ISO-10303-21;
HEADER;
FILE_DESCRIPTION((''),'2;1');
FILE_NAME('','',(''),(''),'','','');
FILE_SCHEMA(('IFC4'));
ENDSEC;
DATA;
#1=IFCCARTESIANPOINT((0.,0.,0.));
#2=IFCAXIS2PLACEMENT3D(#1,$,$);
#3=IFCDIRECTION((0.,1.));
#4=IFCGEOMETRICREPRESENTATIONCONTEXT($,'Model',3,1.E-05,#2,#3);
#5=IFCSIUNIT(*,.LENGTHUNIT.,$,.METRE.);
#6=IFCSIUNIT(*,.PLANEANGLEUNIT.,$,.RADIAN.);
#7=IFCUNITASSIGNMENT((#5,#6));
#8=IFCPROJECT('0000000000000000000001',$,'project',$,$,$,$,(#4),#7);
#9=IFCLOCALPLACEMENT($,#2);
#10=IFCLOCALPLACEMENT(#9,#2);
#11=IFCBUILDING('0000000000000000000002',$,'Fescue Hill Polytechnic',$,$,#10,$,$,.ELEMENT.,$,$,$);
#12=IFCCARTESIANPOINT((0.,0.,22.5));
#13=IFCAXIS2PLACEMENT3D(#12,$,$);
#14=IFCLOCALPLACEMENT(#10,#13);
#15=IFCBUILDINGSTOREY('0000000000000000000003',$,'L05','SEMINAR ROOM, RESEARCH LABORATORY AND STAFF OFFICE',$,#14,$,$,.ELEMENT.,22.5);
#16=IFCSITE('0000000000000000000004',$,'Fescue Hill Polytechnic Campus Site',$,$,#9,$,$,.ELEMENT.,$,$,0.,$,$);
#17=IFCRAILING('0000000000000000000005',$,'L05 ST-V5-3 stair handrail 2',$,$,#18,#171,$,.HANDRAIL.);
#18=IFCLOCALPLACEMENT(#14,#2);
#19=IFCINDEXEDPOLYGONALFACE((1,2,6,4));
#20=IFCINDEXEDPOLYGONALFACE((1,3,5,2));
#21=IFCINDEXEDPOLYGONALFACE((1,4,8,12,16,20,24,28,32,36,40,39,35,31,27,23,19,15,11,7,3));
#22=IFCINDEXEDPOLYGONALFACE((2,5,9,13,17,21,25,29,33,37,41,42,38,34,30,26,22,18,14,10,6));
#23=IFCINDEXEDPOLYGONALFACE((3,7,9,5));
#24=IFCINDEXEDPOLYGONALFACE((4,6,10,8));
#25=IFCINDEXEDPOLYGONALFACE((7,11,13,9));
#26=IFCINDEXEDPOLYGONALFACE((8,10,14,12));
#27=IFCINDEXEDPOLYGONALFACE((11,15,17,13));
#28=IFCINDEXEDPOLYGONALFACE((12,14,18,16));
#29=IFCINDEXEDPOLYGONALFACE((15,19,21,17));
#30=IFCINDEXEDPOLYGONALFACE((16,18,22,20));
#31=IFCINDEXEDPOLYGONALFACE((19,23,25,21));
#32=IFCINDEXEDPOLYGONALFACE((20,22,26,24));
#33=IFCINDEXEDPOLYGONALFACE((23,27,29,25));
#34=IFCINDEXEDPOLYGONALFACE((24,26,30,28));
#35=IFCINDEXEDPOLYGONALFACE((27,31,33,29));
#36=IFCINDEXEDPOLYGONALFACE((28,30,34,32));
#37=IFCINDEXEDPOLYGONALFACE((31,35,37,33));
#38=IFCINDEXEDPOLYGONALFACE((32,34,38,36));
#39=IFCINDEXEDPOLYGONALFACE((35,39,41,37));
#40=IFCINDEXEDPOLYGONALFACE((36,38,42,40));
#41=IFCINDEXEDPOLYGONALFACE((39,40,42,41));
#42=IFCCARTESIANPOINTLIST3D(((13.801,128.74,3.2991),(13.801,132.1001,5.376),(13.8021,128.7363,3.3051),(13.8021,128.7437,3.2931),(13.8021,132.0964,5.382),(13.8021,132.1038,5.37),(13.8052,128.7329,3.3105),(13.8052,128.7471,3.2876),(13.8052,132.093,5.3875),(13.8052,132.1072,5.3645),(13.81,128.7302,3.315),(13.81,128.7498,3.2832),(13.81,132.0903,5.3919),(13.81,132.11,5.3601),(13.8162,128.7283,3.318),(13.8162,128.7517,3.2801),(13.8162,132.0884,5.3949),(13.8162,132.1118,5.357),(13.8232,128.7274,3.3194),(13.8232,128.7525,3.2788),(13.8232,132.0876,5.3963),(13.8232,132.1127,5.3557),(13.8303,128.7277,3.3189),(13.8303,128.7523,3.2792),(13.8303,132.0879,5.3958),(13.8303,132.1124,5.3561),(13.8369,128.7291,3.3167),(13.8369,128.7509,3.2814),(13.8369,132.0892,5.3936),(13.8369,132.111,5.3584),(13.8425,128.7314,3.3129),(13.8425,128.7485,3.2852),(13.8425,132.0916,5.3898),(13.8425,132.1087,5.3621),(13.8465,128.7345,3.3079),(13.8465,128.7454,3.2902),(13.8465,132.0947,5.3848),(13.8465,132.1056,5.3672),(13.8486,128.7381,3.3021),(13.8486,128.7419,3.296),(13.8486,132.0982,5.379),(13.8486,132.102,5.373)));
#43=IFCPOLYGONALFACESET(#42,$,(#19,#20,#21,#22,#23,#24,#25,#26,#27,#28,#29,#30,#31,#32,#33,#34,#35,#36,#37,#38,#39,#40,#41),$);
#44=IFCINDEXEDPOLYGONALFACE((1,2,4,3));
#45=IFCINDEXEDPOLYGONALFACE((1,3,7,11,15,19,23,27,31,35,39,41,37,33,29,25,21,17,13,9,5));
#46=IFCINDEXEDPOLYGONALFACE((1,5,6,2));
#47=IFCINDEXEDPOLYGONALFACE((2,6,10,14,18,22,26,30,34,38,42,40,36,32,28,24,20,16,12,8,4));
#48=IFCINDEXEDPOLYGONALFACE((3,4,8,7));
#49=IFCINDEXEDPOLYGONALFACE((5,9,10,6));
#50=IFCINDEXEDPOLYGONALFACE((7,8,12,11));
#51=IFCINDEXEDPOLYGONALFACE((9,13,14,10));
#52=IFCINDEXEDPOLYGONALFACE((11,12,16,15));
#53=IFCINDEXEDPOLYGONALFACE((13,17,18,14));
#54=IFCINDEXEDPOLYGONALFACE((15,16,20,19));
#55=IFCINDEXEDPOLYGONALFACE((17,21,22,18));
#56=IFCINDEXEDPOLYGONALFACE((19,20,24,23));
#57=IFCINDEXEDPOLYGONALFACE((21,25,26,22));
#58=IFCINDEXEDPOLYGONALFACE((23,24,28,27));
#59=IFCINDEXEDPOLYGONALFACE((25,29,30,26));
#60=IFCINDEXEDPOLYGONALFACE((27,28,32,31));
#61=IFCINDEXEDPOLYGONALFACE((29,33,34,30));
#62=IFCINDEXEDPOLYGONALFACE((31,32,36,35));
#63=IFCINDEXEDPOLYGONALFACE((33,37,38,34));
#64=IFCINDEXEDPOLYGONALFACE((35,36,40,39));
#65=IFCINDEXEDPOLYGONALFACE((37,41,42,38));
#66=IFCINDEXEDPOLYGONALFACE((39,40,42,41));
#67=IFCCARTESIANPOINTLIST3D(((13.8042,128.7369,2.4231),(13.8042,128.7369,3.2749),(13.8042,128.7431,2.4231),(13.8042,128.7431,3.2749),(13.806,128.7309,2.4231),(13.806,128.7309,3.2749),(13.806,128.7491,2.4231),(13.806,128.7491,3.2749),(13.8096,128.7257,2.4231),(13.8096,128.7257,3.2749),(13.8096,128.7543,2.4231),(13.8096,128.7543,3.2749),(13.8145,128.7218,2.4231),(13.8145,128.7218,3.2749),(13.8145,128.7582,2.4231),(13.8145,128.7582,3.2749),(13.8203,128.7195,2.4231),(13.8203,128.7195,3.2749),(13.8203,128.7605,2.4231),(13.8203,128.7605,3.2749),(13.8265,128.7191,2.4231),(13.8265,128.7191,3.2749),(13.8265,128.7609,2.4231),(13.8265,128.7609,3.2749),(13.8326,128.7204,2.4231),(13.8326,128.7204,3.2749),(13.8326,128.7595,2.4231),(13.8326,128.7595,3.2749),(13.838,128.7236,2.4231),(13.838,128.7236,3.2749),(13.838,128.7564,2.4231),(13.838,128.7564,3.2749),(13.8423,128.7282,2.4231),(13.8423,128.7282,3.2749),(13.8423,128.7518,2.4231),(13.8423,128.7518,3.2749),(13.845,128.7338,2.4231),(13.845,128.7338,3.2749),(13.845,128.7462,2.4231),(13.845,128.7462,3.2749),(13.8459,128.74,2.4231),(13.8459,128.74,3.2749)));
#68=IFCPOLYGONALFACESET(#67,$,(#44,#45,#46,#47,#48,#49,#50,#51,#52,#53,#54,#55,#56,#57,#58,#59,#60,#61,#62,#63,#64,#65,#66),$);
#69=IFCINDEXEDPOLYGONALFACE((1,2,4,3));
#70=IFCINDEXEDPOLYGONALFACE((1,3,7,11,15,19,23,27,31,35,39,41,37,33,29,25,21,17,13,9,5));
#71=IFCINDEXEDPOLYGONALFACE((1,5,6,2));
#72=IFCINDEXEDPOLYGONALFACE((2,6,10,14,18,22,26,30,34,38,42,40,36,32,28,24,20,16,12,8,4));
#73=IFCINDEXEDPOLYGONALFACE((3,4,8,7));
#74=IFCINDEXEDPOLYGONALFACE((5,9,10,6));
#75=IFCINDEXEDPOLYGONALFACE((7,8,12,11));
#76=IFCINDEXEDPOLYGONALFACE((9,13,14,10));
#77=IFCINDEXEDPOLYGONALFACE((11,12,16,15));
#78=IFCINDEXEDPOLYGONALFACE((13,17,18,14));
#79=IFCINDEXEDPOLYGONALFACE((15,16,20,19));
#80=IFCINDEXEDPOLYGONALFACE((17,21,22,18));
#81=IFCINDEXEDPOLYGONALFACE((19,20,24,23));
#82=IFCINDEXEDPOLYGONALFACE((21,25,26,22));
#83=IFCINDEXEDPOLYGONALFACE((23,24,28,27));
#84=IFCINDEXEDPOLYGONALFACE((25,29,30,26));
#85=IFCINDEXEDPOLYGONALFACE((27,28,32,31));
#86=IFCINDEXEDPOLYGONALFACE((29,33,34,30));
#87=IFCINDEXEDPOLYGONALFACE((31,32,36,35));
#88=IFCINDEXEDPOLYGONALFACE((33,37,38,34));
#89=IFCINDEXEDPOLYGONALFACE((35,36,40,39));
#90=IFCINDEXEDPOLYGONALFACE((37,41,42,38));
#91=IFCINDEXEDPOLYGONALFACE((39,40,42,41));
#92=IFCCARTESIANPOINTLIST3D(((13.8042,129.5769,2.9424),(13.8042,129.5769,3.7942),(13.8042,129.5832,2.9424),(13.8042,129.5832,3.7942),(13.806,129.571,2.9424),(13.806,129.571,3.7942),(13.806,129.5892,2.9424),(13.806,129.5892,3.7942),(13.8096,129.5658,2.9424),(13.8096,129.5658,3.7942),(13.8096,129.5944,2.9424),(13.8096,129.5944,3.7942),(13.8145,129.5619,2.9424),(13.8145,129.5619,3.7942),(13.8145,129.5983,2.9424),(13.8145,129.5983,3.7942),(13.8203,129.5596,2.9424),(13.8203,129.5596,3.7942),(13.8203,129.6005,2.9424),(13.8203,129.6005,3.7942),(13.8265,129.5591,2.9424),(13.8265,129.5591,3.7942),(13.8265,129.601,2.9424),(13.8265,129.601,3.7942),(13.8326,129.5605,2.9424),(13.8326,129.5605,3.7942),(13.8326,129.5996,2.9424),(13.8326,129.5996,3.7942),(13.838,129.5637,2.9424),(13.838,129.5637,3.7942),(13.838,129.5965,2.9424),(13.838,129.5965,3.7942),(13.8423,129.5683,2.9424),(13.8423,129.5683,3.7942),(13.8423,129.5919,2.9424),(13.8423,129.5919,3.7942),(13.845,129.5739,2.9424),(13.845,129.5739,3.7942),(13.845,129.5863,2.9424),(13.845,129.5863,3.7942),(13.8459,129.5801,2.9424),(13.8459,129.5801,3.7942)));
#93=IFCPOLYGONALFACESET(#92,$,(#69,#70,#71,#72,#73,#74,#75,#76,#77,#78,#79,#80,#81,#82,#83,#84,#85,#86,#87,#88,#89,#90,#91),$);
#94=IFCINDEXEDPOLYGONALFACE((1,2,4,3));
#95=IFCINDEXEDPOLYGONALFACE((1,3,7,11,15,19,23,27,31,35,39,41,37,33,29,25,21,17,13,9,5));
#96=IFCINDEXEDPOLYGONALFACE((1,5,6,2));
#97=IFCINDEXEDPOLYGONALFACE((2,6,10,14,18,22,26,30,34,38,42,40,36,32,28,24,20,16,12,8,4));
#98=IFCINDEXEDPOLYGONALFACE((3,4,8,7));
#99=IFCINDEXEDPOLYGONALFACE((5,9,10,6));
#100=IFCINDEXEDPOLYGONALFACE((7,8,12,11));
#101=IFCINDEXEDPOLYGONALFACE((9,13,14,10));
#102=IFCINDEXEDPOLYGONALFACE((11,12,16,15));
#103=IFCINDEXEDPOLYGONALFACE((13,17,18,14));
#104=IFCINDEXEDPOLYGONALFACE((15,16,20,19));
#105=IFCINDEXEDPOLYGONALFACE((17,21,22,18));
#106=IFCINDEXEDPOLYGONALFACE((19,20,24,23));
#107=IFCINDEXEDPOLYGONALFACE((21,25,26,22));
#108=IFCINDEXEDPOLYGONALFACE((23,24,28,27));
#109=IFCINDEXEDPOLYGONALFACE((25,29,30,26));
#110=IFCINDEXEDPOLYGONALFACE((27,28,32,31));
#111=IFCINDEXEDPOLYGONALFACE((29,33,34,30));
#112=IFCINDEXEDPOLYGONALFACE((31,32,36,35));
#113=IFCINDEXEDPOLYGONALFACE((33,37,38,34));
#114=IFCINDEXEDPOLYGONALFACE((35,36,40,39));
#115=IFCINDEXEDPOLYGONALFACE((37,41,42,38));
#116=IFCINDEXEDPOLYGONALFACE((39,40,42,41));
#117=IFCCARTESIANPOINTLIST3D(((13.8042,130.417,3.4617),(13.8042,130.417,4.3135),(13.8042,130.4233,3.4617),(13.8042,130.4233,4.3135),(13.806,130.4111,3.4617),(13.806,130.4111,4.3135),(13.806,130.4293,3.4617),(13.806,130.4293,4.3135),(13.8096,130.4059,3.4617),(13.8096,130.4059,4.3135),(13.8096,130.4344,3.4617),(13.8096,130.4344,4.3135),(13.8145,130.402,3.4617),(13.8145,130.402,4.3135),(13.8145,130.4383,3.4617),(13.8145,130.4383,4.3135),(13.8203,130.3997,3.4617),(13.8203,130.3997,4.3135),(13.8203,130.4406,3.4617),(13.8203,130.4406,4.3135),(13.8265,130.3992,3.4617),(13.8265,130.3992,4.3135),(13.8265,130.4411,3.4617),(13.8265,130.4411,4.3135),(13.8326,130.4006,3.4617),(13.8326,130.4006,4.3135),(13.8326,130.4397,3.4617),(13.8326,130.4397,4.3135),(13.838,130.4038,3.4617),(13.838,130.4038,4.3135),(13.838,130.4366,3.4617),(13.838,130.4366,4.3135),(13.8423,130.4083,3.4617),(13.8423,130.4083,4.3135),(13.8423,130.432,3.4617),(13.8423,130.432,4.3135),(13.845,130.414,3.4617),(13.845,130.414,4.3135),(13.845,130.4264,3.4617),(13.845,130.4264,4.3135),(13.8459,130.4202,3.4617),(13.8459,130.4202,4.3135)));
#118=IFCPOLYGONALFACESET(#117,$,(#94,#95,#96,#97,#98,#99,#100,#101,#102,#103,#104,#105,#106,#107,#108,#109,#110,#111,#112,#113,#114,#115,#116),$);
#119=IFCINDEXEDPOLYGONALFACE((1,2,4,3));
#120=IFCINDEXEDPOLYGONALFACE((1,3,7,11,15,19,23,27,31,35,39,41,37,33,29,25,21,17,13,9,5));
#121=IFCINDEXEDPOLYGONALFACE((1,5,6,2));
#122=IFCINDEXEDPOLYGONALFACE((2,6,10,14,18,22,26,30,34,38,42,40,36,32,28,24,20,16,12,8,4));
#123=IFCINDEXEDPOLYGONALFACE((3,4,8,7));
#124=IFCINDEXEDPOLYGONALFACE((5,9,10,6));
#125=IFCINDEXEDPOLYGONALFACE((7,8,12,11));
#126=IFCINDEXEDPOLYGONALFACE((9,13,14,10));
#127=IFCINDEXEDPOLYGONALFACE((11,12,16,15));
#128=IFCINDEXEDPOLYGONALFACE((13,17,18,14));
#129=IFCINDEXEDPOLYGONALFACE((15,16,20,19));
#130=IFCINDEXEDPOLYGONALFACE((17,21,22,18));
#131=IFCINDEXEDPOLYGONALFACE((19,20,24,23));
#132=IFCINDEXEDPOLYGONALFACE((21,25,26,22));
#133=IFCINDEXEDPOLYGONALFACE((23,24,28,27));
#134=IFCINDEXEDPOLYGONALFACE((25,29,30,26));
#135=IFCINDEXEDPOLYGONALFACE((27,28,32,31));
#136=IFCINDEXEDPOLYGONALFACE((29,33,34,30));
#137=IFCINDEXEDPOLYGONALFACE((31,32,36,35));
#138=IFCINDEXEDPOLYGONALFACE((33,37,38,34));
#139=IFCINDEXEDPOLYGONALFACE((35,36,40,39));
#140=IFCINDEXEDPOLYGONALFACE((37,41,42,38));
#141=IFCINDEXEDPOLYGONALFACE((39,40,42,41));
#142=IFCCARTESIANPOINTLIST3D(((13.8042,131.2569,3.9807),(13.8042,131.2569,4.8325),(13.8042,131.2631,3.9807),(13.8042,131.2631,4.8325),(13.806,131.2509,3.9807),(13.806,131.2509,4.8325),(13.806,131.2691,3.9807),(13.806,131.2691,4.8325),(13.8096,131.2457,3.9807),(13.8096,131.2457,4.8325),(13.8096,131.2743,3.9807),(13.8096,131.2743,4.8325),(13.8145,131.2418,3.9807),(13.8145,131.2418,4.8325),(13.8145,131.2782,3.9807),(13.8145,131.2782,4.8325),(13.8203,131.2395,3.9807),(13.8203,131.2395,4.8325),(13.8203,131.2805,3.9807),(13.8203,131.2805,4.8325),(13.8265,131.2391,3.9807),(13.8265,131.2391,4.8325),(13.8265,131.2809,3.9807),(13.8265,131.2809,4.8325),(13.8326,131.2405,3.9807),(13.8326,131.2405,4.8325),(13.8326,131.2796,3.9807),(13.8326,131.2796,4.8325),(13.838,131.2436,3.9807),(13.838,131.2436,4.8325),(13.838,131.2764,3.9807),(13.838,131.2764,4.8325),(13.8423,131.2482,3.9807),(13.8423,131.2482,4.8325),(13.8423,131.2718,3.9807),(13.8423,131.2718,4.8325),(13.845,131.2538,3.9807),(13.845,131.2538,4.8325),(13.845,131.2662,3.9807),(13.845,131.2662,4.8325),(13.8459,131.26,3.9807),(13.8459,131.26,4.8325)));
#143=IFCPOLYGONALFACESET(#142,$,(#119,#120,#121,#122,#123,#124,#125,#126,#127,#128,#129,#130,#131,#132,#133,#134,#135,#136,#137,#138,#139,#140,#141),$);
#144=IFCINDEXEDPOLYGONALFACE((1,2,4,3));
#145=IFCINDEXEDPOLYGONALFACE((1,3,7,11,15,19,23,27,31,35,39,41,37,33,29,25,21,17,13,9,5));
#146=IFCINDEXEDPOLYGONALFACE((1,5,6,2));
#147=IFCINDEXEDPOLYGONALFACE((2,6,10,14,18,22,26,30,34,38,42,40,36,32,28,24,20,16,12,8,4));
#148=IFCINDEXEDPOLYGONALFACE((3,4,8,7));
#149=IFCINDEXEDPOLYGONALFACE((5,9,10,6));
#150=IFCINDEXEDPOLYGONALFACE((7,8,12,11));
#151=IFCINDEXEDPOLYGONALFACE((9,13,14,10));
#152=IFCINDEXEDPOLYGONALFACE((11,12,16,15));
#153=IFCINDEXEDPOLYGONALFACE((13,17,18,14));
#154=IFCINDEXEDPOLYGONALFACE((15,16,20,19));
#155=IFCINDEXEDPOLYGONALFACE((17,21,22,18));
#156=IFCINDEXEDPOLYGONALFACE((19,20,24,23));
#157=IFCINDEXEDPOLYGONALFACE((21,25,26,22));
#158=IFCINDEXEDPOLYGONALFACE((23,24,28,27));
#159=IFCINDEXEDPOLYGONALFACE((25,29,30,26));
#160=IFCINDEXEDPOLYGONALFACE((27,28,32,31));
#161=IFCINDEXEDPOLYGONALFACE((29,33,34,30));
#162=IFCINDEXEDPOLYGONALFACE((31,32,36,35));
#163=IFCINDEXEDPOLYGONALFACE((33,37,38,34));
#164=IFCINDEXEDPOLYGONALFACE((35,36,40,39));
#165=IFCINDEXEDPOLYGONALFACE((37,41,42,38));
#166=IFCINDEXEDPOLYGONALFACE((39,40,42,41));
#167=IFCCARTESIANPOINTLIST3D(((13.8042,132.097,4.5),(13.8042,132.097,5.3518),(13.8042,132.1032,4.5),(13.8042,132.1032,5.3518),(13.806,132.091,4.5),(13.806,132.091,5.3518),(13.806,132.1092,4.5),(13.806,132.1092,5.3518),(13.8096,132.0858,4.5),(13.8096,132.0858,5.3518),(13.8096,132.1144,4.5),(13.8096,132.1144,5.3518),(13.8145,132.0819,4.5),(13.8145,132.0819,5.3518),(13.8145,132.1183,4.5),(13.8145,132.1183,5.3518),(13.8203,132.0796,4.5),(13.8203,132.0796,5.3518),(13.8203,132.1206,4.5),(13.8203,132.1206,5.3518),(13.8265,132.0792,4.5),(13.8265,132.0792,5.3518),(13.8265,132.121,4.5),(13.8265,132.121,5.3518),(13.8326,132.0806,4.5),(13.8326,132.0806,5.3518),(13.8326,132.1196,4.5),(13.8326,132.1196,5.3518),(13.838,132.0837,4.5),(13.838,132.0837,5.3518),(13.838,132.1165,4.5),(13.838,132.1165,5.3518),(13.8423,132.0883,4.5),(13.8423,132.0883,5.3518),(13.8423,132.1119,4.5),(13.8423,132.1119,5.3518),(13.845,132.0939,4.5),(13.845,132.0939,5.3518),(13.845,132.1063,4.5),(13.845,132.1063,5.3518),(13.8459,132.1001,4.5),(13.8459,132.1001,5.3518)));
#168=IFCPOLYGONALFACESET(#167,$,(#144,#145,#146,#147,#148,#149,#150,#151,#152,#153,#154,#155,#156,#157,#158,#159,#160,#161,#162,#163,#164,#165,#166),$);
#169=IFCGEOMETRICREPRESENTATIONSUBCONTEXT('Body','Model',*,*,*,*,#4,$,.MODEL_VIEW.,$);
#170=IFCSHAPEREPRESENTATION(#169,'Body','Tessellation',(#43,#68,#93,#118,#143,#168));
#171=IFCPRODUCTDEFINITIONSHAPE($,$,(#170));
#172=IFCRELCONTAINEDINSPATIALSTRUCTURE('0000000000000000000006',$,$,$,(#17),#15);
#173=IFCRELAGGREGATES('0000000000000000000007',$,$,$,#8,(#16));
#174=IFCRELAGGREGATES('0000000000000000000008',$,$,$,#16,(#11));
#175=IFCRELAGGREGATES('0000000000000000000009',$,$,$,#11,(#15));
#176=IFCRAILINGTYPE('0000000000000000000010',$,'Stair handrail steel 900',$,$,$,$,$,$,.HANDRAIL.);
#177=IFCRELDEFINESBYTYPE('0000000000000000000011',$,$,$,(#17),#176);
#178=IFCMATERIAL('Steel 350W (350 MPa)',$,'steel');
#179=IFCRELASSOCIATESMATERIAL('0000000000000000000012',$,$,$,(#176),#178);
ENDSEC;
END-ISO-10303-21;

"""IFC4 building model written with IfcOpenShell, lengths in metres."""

from ifc_helpers import new_model, si_unit, direction, frame, origin, origin_2d, place, context, subcontext, project, spatial, circle, extrude, material, type_object, element, save


model = new_model("IFC4")

# Units and contexts
model_context = context("Model", 3, precision=1e-05, world=origin(), true_north=direction((0.0, 1.0)))
body_context = subcontext(model_context, "Body", "Model", "MODEL_VIEW")
ifc_project = project(units=[si_unit("LENGTHUNIT", "METRE"), si_unit("PLANEANGLEUNIT", "RADIAN")], contexts=[model_context])

# Site, building, storey
site_placement = place(None, origin())
site = spatial("IfcSite", under=ifc_project, at=site_placement, Name="Fescue Hill Polytechnic Campus Site", CompositionType="ELEMENT", RefElevation=0.0)
building_placement = place(site_placement, origin())
building = spatial("IfcBuilding", under=site, at=building_placement, Name="Fescue Hill Polytechnic", CompositionType="ELEMENT")
storey_placement = place(building_placement, frame((0.0, 0.0, 22.5)))
storey = spatial("IfcBuildingStorey", under=building, at=storey_placement, Name="L05", Description="SEMINAR ROOM, RESEARCH LABORATORY AND STAFF OFFICE", CompositionType="ELEMENT", Elevation=22.5)

# Railing
ifc_material_1 = material(Name="Steel 350W (350 MPa)", Category="steel")
railing_type_1 = type_object("IfcRailingType", Name="Stair handrail steel 900", PredefinedType="HANDRAIL", material=ifc_material_1)
for number, where, name in (
    (1, (13.825, 128.74, 2.4231), "L05 ST-V5-3 stair handrail 2"),
):
    element("IfcRailing", number, at=place(storey_placement, frame(where)), inside=storey, type_object=railing_type_1, Name=name, PredefinedType="HANDRAIL", context=body_context, shape_type="SweptSolid", body=[
        extrude(circle(Radius=0.0239, at=origin_2d()), frame((0.0, 0.0, 0.876), z_axis=(0.0, 0.850623, 0.525776), x_axis=(-1.0, 0.0, 0.0)), (0.0, 0.0, 1.0), 3.9502),
        extrude(circle(Radius=0.021, at=origin_2d()), origin(), (0.0, 0.0, 1.0), 0.8518),
        extrude(circle(Radius=0.021, at=origin_2d()), frame((0.0, 0.8401, 0.5193)), (0.0, 0.0, 1.0), 0.8518),
        extrude(circle(Radius=0.021, at=origin_2d()), frame((0.0, 1.6802, 1.0386)), (0.0, 0.0, 1.0), 0.8518),
        extrude(circle(Radius=0.021, at=origin_2d()), frame((0.0, 2.52, 1.5576)), (0.0, 0.0, 1.0), 0.8518),
        extrude(circle(Radius=0.021, at=origin_2d()), frame((0.0, 3.3601, 2.0769)), (0.0, 0.0, 1.0), 0.8518),
    ])

save(model, "model.ifc")
